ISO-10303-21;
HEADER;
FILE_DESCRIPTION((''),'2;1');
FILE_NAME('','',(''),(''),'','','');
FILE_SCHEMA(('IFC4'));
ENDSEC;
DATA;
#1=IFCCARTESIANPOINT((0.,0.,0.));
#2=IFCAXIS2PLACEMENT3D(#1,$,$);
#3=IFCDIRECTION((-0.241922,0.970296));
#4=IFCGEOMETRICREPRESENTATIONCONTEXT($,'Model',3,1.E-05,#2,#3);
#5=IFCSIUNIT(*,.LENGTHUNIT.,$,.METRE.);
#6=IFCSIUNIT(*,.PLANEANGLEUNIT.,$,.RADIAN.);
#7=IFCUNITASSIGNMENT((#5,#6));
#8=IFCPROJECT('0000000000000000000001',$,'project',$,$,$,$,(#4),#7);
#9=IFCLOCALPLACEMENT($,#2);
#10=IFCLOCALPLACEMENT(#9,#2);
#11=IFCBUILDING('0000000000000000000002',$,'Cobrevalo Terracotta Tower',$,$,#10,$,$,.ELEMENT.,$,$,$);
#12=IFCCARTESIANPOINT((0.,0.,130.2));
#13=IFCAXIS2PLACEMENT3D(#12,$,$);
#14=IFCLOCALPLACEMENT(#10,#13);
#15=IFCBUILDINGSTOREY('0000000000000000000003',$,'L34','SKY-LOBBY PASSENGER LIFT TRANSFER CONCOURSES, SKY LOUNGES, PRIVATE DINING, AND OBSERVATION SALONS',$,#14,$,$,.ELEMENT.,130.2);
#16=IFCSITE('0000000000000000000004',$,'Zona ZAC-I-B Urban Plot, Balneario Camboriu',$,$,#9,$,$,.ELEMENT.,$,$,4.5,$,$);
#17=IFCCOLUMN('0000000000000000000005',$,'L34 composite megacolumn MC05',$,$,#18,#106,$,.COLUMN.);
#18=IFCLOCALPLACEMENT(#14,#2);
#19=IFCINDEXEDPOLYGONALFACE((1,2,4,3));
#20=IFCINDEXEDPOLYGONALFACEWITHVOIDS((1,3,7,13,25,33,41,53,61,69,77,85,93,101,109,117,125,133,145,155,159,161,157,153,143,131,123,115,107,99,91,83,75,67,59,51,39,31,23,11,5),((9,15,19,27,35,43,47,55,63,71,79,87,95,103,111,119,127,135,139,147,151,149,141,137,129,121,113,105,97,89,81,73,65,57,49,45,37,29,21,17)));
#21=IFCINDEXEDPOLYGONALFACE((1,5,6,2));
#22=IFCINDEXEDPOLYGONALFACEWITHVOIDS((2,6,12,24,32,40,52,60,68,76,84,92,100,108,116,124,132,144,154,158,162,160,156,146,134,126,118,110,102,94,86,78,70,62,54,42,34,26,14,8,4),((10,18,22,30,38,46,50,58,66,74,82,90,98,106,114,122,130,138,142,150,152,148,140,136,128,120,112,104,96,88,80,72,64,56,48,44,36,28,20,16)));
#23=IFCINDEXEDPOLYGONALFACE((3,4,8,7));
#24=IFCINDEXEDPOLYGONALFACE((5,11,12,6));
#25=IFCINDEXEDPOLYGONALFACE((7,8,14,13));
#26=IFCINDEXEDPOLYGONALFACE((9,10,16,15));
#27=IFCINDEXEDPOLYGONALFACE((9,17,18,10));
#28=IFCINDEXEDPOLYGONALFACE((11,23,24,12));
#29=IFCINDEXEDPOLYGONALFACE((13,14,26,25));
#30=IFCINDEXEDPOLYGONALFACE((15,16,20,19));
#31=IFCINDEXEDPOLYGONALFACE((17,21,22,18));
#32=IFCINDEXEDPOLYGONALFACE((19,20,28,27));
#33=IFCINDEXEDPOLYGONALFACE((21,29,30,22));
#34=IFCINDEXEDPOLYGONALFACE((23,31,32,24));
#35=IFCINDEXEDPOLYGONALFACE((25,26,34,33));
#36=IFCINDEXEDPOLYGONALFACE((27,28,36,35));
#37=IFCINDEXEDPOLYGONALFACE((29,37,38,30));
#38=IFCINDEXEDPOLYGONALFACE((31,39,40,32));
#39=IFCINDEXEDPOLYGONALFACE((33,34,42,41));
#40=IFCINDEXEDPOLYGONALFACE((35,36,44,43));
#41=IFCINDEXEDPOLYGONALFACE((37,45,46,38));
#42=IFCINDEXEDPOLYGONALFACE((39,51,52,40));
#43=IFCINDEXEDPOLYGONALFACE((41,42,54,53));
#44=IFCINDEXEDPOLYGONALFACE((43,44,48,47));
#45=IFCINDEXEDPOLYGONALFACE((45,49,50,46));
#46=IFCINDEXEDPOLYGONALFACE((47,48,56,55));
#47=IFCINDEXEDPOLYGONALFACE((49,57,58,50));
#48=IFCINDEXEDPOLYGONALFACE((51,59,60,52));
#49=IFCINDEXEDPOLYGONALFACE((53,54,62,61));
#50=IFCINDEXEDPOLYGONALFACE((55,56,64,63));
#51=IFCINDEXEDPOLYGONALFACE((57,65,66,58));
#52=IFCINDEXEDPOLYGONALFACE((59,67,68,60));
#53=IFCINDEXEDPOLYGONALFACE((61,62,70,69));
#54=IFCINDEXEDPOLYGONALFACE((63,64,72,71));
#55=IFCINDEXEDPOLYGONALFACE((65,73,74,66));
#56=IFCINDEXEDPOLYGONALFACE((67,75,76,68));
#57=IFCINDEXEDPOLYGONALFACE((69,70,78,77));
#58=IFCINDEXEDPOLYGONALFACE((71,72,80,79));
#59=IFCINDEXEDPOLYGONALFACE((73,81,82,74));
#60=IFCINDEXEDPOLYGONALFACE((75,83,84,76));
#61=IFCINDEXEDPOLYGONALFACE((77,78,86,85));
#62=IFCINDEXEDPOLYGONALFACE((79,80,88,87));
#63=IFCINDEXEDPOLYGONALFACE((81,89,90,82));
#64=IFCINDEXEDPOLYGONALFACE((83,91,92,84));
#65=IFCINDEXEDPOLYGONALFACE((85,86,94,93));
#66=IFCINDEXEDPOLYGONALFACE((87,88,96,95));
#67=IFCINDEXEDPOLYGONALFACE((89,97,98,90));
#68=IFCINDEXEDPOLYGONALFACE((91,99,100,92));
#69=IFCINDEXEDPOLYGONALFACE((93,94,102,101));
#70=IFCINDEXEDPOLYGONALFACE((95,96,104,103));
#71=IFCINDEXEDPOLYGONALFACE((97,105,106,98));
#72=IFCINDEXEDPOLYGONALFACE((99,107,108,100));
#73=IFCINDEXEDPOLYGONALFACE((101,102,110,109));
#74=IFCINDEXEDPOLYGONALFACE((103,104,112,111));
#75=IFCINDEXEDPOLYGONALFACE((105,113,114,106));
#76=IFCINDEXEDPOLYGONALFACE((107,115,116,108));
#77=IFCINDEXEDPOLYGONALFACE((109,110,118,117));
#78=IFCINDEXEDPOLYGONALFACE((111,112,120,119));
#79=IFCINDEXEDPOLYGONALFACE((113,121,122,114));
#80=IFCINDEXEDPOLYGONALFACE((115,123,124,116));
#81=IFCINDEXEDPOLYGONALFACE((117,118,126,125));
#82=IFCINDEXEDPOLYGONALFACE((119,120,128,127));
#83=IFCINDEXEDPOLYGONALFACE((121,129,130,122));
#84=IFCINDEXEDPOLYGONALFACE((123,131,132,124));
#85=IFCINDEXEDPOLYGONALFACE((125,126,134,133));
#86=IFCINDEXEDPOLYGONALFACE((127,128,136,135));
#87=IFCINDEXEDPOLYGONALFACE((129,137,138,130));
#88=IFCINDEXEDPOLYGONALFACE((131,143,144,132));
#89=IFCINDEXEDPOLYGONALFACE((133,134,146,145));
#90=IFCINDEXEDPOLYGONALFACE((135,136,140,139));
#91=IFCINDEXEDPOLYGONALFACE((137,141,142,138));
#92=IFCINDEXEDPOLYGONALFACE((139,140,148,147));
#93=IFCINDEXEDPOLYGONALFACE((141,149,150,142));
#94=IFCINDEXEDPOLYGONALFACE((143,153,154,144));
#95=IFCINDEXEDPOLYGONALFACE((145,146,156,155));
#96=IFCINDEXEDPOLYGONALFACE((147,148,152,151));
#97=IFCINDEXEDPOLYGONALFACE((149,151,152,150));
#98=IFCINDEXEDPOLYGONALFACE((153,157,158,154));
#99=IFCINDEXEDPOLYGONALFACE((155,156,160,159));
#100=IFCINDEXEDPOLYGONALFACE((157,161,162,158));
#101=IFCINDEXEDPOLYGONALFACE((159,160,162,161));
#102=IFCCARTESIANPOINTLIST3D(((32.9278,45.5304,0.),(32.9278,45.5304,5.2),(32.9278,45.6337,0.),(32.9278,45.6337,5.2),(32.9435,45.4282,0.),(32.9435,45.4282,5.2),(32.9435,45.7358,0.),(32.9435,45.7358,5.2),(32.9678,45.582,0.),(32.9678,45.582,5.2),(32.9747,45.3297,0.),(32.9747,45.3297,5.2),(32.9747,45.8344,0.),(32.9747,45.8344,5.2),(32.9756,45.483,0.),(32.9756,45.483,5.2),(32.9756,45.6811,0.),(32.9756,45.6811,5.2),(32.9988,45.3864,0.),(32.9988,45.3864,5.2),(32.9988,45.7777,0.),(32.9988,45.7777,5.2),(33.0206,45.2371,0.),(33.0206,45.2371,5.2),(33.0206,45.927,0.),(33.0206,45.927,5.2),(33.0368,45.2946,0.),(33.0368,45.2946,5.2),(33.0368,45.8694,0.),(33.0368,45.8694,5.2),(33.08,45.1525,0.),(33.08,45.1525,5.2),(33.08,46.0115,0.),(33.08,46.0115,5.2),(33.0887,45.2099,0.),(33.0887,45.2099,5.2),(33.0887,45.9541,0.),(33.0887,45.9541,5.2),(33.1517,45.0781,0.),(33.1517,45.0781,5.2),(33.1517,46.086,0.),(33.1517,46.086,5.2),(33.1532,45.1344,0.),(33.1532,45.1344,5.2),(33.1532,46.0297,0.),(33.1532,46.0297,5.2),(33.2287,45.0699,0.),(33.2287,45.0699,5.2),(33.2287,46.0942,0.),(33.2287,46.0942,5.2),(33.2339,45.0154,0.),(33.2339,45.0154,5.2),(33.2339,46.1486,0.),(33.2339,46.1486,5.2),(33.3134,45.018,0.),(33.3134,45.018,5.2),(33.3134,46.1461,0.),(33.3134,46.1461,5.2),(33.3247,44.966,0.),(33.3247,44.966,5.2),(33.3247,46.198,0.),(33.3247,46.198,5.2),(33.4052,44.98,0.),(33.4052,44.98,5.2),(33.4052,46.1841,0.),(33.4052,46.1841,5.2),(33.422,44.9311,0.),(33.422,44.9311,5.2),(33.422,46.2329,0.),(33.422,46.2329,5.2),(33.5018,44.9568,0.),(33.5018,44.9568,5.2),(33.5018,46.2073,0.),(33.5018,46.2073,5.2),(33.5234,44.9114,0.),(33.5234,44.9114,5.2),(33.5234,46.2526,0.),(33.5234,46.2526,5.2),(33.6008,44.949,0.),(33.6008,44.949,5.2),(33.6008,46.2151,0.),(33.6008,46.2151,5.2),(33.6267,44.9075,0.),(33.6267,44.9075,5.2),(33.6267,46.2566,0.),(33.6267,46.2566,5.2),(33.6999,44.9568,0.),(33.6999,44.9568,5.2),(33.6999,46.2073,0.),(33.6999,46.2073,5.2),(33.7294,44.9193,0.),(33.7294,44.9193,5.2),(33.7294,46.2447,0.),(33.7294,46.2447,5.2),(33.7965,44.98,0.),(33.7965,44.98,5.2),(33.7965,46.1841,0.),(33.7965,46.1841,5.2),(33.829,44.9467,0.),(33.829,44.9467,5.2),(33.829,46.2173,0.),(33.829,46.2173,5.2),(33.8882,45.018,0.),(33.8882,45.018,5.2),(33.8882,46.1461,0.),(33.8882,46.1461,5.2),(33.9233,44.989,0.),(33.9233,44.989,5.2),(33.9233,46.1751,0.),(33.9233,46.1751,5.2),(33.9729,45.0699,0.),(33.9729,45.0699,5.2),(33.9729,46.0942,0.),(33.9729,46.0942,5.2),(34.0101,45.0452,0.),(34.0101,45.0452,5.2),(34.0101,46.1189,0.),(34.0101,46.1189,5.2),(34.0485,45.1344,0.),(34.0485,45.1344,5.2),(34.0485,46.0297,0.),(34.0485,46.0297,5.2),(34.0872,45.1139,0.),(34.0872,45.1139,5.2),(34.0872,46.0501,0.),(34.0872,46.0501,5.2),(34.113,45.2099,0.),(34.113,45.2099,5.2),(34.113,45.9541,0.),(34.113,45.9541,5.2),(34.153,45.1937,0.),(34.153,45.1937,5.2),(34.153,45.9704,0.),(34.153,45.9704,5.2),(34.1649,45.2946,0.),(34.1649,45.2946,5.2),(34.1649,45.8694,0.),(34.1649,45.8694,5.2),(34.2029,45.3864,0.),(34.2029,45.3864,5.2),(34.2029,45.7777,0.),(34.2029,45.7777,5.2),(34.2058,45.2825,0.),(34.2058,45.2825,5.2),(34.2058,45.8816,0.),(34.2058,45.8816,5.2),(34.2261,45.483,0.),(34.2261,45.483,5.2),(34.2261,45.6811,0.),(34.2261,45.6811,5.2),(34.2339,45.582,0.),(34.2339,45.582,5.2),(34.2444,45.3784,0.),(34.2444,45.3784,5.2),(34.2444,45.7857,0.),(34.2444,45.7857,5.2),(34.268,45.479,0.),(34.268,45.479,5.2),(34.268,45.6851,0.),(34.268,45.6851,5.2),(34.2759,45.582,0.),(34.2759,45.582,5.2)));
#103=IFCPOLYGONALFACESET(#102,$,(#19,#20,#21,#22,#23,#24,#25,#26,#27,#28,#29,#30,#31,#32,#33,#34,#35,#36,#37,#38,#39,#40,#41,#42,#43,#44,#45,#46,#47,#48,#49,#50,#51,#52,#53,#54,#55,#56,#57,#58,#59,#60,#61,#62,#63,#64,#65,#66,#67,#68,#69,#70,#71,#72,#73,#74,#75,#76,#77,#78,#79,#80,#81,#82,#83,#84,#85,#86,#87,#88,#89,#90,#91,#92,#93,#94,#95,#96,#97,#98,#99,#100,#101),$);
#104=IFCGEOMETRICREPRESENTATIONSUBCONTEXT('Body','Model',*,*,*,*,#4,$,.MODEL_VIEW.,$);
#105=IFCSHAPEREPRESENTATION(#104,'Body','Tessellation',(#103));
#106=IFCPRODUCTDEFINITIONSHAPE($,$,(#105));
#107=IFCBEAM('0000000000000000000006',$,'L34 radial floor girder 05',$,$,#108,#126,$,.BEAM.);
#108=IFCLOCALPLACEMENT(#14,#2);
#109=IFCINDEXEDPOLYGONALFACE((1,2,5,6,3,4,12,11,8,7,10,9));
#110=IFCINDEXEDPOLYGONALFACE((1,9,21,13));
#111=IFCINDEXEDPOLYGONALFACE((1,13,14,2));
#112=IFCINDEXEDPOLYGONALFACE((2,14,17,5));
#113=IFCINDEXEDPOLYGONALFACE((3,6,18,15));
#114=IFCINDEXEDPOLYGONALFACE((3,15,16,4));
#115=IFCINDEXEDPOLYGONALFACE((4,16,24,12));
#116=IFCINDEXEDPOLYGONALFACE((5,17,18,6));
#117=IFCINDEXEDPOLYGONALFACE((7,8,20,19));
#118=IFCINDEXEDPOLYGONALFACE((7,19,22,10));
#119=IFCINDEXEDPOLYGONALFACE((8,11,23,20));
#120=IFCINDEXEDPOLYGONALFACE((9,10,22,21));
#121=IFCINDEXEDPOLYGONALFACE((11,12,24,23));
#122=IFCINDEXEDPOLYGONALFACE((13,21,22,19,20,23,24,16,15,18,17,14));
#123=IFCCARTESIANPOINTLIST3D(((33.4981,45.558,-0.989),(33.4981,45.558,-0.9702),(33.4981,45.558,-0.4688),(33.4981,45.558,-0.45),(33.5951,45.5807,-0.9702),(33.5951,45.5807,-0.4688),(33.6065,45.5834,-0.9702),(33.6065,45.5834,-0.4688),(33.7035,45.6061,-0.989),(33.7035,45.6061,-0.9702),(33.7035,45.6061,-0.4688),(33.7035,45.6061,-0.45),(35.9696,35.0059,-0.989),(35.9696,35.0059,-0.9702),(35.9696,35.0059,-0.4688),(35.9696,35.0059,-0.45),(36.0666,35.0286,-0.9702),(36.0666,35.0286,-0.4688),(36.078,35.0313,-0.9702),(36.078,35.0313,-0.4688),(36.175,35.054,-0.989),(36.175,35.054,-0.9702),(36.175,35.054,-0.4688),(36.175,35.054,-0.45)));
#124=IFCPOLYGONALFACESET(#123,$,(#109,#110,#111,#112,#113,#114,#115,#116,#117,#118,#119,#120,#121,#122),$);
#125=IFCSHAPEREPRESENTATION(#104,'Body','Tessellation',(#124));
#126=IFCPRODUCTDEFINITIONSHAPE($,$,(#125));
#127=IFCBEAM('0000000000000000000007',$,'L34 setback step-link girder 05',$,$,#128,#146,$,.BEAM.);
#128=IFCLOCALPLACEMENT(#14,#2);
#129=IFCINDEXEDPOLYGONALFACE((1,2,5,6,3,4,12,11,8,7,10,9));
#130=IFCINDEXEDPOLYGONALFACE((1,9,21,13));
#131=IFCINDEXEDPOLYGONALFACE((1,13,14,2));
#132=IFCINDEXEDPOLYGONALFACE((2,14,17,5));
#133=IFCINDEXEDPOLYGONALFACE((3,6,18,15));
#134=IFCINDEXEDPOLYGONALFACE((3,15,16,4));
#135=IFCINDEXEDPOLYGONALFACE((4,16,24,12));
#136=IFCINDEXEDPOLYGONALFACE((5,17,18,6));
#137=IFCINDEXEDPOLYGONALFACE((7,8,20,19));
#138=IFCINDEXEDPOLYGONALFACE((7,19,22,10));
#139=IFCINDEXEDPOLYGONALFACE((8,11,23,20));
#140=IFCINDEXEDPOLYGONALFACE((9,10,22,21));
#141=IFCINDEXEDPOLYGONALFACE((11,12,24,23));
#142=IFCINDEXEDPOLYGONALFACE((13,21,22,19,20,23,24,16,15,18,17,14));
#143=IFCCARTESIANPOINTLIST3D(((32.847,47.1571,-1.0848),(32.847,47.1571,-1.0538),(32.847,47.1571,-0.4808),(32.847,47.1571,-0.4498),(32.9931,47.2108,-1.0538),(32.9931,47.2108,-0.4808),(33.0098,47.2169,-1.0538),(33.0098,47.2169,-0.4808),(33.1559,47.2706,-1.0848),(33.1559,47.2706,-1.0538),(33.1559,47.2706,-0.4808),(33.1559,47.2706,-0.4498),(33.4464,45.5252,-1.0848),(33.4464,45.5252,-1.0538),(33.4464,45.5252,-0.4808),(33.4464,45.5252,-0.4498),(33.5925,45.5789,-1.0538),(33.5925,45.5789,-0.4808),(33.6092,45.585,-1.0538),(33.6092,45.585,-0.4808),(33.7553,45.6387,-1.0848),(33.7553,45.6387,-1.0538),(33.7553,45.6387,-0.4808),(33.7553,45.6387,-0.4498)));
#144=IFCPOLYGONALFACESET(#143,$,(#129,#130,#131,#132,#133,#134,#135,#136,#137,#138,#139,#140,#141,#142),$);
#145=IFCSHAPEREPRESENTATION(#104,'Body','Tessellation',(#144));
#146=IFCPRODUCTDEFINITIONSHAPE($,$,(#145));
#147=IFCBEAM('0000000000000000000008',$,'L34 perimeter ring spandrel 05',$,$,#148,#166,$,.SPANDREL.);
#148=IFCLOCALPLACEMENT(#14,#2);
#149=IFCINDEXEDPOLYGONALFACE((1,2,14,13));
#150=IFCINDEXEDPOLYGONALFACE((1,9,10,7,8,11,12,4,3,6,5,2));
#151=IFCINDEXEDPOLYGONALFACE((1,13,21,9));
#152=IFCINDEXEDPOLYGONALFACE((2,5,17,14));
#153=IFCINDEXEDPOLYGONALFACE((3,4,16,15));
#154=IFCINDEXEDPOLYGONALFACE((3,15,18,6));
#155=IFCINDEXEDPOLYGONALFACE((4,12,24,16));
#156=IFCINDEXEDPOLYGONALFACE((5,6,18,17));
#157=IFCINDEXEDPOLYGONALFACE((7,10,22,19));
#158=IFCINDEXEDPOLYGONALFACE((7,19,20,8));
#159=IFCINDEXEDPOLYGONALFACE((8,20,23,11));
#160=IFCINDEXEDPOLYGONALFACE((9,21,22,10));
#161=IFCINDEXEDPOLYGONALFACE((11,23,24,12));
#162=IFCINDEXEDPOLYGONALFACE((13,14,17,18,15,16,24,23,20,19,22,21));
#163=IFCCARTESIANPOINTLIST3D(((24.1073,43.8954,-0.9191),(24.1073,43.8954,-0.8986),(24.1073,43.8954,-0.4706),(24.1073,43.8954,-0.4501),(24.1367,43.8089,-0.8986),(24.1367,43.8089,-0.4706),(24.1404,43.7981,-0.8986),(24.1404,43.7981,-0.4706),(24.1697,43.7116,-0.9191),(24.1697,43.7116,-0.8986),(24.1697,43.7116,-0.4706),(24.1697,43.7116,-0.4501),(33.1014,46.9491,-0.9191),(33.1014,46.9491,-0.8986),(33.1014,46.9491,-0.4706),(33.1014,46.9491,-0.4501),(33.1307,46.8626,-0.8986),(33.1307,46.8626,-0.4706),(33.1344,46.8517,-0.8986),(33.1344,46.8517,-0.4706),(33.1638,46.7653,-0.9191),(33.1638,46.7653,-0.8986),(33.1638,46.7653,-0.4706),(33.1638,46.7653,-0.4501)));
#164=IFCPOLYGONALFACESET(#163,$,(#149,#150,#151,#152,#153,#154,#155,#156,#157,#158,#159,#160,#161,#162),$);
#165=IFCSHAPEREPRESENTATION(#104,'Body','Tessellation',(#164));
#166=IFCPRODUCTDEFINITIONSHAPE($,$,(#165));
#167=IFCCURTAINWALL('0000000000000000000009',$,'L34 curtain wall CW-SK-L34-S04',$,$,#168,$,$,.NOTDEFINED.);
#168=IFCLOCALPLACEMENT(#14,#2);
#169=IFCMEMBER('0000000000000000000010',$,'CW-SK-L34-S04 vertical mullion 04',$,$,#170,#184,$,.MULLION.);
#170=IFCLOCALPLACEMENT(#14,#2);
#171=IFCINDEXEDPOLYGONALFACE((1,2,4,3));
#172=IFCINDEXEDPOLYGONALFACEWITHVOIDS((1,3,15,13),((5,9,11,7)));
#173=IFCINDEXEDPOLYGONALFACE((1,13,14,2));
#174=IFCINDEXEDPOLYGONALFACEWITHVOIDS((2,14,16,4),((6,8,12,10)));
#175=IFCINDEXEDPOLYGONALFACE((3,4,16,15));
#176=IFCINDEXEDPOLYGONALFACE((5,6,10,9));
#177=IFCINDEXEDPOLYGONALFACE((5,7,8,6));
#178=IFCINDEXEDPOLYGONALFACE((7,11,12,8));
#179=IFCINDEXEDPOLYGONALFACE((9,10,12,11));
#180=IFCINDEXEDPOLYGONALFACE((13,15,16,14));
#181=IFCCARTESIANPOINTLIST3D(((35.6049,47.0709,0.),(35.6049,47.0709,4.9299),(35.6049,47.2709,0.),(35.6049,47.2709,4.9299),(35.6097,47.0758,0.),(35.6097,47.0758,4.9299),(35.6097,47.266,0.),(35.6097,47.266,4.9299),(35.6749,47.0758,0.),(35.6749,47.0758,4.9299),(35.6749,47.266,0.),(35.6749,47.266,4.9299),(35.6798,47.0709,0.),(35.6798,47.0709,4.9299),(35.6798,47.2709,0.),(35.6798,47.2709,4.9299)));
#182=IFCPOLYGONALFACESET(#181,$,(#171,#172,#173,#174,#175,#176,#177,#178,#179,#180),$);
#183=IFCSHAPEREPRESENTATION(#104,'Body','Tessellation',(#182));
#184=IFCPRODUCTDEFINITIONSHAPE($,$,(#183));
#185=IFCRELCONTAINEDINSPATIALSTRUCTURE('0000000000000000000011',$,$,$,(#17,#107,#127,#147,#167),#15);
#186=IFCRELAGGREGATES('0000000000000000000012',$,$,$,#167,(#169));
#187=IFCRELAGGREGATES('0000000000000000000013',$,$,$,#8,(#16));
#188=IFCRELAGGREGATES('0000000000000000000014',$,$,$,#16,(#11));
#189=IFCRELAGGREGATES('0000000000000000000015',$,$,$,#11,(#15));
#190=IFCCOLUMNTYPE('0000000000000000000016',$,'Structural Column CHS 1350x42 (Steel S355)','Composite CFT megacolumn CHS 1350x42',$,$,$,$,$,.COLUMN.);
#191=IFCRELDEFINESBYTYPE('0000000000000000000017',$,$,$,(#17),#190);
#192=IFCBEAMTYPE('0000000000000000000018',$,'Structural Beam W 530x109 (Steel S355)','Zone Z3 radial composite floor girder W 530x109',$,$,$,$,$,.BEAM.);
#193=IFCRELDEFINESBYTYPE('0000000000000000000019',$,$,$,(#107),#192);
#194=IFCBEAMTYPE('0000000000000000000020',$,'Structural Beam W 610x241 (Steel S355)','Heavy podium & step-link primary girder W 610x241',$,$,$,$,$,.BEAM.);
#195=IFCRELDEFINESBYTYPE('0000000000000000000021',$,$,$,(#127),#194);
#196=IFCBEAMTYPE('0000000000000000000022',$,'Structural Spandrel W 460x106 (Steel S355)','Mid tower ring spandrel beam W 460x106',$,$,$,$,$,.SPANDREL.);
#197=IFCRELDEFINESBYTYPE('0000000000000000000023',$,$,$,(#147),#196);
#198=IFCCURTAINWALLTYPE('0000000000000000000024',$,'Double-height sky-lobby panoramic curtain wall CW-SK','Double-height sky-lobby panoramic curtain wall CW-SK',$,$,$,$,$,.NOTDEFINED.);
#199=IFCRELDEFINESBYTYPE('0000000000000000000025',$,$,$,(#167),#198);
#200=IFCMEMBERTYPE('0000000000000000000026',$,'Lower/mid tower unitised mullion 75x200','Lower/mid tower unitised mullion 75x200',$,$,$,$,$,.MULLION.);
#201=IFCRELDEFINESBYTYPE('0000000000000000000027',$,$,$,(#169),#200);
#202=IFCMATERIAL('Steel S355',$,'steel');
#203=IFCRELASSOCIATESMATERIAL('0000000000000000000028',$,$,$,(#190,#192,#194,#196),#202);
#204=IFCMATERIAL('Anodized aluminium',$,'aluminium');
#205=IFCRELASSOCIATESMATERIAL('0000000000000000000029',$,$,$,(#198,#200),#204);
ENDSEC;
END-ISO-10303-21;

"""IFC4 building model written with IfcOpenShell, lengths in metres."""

from ifc_helpers import new_model, si_unit, direction, frame, origin, origin_2d, place, context, subcontext, project, spatial, hollow_rectangle, hollow_circle, i_section, extrude, source, transform, mapped, material, material_profile, profile_set, type_object, element, aggregate, save


model = new_model("IFC4")

# Units and contexts
model_context = context("Model", 3, precision=1e-05, world=origin(), true_north=direction((-0.241922, 0.970296)))
body_context = subcontext(model_context, "Body", "Model", "MODEL_VIEW")
ifc_project = project(units=[si_unit("LENGTHUNIT", "METRE"), si_unit("PLANEANGLEUNIT", "RADIAN")], contexts=[model_context])

# Site, building, storey
site_placement = place(None, origin())
site = spatial("IfcSite", under=ifc_project, at=site_placement, Name="Zona ZAC-I-B Urban Plot, Balneario Camboriu", CompositionType="ELEMENT", RefElevation=4.5)
building_placement = place(site_placement, origin())
building = spatial("IfcBuilding", under=site, at=building_placement, Name="Cobrevalo Terracotta Tower", CompositionType="ELEMENT")
storey_placement = place(building_placement, frame((0.0, 0.0, 130.2)))
storey = spatial("IfcBuildingStorey", under=building, at=storey_placement, Name="L34", Description="SKY-LOBBY PASSENGER LIFT TRANSFER CONCOURSES, SKY LOUNGES, PRIVATE DINING, AND OBSERVATION SALONS", CompositionType="ELEMENT", Elevation=130.2)

# Column
ifc_material_1 = material(Name="Steel S355", Category="steel")
ifc_material_profile_1 = material_profile(ifc_material_1, hollow_circle(Radius=0.675, WallThickness=0.042, at=origin_2d()), Name="CHS 1350x42")
ifc_profile_set_1 = profile_set([ifc_material_profile_1], Name="Steel S355")
column_type = type_object("IfcColumnType", Name="Structural Column CHS 1350x42 (Steel S355)", Description="Composite CFT megacolumn CHS 1350x42", PredefinedType="COLUMN", material=ifc_profile_set_1)
column_placement = place(storey_placement, frame((33.6008, 45.582, 0.0), z_axis=(0.0, 0.0, 1.0), x_axis=(1.0, 0.0, 0.0)))
element("IfcColumn", 1, at=column_placement, inside=storey, type_object=column_type, Name="L34 composite megacolumn MC05", PredefinedType="COLUMN", context=body_context, shape_type="SweptSolid", body=[
    extrude(hollow_circle(Radius=0.675, WallThickness=0.042, at=origin_2d()), origin(), (0.0, 0.0, 1.0), 5.2),
])

# Beams
ifc_material_profile_2 = material_profile(ifc_material_1, i_section(OverallWidth=0.2109, OverallDepth=0.5391, WebThickness=0.0117, FlangeThickness=0.0188, at=origin_2d()), Name="W 530x109")
ifc_profile_set_2 = profile_set([ifc_material_profile_2], Name="Steel S355")
beam_type_1 = type_object("IfcBeamType", Name="Structural Beam W 530x109 (Steel S355)", Description="Zone Z3 radial composite floor girder W 530x109", PredefinedType="BEAM", material=ifc_profile_set_2)
beam_1_placement = place(storey_placement, frame((33.6008, 45.582, -0.7195), z_axis=(0.228044, -0.973651, 0.0), x_axis=(0.973651, 0.228044, 0.0)))
element("IfcBeam", 2, at=beam_1_placement, inside=storey, type_object=beam_type_1, Name="L34 radial floor girder 05", PredefinedType="BEAM", context=body_context, shape_type="SweptSolid", body=[
    extrude(i_section(OverallWidth=0.2109, OverallDepth=0.5391, WebThickness=0.0117, FlangeThickness=0.0188, at=origin_2d()), origin(), (0.0, 0.0, 1.0), 10.8376),
])
ifc_material_profile_3 = material_profile(ifc_material_1, i_section(OverallWidth=0.3291, OverallDepth=0.635, WebThickness=0.0178, FlangeThickness=0.031, at=origin_2d()), Name="W 610x241")
ifc_profile_set_3 = profile_set([ifc_material_profile_3], Name="Steel S355")
beam_type_2 = type_object("IfcBeamType", Name="Structural Beam W 610x241 (Steel S355)", Description="Heavy podium & step-link primary girder W 610x241", PredefinedType="BEAM", material=ifc_profile_set_3)
beam_2_placement = place(storey_placement, frame((33.0015, 47.2139, -0.7673), z_axis=(0.344775, -0.938686, 0.0), x_axis=(0.938686, 0.344775, 0.0)))
element("IfcBeam", 3, at=beam_2_placement, inside=storey, type_object=beam_type_2, Name="L34 setback step-link girder 05", PredefinedType="BEAM", context=body_context, shape_type="SweptSolid", body=[
    extrude(i_section(OverallWidth=0.3291, OverallDepth=0.635, WebThickness=0.0178, FlangeThickness=0.031, at=origin_2d()), origin(), (0.0, 0.0, 1.0), 1.7385),
])
ifc_material_profile_4 = material_profile(ifc_material_1, i_section(OverallWidth=0.1941, OverallDepth=0.469, WebThickness=0.0115, FlangeThickness=0.0205, at=origin_2d()), Name="W 460x106")
ifc_profile_set_4 = profile_set([ifc_material_profile_4], Name="Steel S355")
beam_type_3 = type_object("IfcBeamType", Name="Structural Spandrel W 460x106 (Steel S355)", Description="Mid tower ring spandrel beam W 460x106", PredefinedType="SPANDREL", material=ifc_profile_set_4)
beam_3_placement = place(storey_placement, frame((33.1326, 46.8572, -0.6846), z_axis=(-0.946911, -0.321497, 0.0), x_axis=(0.321497, -0.946911, 0.0)))
element("IfcBeam", 4, at=beam_3_placement, inside=storey, type_object=beam_type_3, Name="L34 perimeter ring spandrel 05", PredefinedType="SPANDREL", context=body_context, shape_type="SweptSolid", body=[
    extrude(i_section(OverallWidth=0.1941, OverallDepth=0.469, WebThickness=0.0115, FlangeThickness=0.0205, at=origin_2d()), origin(), (0.0, 0.0, 1.0), 9.4983),
])

# Curtain wall, member
ifc_material_2 = material(Name="Anodized aluminium", Category="aluminium")
curtain_wall_type = type_object("IfcCurtainWallType", Name="Double-height sky-lobby panoramic curtain wall CW-SK", Description="Double-height sky-lobby panoramic curtain wall CW-SK", PredefinedType="NOTDEFINED", material=ifc_material_2)
curtain_wall_1_placement = place(storey_placement, origin())
curtain_wall_1 = element("IfcCurtainWall", 5, at=curtain_wall_1_placement, inside=storey, type_object=curtain_wall_type, Name="L34 curtain wall CW-SK-L34-S04", PredefinedType="NOTDEFINED")
ifc_material_profile_5 = material_profile(ifc_material_2, hollow_rectangle(XDim=0.075, YDim=0.2, WallThickness=0.0049, at=origin_2d()), Name="CWM 75x200")
ifc_profile_set_5 = profile_set([ifc_material_profile_5], Name="Anodized aluminium")
member_type_1 = type_object("IfcMemberType", Name="Lower/mid tower unitised mullion 75x200", Description="Lower/mid tower unitised mullion 75x200", PredefinedType="MULLION", material=ifc_profile_set_5)
shared_shape_1 = source(origin(), body_context, "Body", "SweptSolid", [
    extrude(hollow_rectangle(XDim=0.075, YDim=0.2, WallThickness=0.0049, at=origin_2d()), origin(), (0.0, 0.0, 1.0), 4.9299),
])
member_1_placement = place(storey_placement, frame((35.6423, 47.1709, 0.0), z_axis=(0.0, 0.0, 1.0), x_axis=(-1.0, 0.0, 0.0)))
member_1 = element("IfcMember", 6, at=member_1_placement, type_object=member_type_1, Name="CW-SK-L34-S04 vertical mullion 04", PredefinedType="MULLION", context=body_context, shape_type="MappedRepresentation", body=[
    mapped(shared_shape_1, transform((0.0, 0.0, 0.0), scale=1.0)),
])

aggregate(curtain_wall_1, [member_1])

save(model, "model.ifc")
